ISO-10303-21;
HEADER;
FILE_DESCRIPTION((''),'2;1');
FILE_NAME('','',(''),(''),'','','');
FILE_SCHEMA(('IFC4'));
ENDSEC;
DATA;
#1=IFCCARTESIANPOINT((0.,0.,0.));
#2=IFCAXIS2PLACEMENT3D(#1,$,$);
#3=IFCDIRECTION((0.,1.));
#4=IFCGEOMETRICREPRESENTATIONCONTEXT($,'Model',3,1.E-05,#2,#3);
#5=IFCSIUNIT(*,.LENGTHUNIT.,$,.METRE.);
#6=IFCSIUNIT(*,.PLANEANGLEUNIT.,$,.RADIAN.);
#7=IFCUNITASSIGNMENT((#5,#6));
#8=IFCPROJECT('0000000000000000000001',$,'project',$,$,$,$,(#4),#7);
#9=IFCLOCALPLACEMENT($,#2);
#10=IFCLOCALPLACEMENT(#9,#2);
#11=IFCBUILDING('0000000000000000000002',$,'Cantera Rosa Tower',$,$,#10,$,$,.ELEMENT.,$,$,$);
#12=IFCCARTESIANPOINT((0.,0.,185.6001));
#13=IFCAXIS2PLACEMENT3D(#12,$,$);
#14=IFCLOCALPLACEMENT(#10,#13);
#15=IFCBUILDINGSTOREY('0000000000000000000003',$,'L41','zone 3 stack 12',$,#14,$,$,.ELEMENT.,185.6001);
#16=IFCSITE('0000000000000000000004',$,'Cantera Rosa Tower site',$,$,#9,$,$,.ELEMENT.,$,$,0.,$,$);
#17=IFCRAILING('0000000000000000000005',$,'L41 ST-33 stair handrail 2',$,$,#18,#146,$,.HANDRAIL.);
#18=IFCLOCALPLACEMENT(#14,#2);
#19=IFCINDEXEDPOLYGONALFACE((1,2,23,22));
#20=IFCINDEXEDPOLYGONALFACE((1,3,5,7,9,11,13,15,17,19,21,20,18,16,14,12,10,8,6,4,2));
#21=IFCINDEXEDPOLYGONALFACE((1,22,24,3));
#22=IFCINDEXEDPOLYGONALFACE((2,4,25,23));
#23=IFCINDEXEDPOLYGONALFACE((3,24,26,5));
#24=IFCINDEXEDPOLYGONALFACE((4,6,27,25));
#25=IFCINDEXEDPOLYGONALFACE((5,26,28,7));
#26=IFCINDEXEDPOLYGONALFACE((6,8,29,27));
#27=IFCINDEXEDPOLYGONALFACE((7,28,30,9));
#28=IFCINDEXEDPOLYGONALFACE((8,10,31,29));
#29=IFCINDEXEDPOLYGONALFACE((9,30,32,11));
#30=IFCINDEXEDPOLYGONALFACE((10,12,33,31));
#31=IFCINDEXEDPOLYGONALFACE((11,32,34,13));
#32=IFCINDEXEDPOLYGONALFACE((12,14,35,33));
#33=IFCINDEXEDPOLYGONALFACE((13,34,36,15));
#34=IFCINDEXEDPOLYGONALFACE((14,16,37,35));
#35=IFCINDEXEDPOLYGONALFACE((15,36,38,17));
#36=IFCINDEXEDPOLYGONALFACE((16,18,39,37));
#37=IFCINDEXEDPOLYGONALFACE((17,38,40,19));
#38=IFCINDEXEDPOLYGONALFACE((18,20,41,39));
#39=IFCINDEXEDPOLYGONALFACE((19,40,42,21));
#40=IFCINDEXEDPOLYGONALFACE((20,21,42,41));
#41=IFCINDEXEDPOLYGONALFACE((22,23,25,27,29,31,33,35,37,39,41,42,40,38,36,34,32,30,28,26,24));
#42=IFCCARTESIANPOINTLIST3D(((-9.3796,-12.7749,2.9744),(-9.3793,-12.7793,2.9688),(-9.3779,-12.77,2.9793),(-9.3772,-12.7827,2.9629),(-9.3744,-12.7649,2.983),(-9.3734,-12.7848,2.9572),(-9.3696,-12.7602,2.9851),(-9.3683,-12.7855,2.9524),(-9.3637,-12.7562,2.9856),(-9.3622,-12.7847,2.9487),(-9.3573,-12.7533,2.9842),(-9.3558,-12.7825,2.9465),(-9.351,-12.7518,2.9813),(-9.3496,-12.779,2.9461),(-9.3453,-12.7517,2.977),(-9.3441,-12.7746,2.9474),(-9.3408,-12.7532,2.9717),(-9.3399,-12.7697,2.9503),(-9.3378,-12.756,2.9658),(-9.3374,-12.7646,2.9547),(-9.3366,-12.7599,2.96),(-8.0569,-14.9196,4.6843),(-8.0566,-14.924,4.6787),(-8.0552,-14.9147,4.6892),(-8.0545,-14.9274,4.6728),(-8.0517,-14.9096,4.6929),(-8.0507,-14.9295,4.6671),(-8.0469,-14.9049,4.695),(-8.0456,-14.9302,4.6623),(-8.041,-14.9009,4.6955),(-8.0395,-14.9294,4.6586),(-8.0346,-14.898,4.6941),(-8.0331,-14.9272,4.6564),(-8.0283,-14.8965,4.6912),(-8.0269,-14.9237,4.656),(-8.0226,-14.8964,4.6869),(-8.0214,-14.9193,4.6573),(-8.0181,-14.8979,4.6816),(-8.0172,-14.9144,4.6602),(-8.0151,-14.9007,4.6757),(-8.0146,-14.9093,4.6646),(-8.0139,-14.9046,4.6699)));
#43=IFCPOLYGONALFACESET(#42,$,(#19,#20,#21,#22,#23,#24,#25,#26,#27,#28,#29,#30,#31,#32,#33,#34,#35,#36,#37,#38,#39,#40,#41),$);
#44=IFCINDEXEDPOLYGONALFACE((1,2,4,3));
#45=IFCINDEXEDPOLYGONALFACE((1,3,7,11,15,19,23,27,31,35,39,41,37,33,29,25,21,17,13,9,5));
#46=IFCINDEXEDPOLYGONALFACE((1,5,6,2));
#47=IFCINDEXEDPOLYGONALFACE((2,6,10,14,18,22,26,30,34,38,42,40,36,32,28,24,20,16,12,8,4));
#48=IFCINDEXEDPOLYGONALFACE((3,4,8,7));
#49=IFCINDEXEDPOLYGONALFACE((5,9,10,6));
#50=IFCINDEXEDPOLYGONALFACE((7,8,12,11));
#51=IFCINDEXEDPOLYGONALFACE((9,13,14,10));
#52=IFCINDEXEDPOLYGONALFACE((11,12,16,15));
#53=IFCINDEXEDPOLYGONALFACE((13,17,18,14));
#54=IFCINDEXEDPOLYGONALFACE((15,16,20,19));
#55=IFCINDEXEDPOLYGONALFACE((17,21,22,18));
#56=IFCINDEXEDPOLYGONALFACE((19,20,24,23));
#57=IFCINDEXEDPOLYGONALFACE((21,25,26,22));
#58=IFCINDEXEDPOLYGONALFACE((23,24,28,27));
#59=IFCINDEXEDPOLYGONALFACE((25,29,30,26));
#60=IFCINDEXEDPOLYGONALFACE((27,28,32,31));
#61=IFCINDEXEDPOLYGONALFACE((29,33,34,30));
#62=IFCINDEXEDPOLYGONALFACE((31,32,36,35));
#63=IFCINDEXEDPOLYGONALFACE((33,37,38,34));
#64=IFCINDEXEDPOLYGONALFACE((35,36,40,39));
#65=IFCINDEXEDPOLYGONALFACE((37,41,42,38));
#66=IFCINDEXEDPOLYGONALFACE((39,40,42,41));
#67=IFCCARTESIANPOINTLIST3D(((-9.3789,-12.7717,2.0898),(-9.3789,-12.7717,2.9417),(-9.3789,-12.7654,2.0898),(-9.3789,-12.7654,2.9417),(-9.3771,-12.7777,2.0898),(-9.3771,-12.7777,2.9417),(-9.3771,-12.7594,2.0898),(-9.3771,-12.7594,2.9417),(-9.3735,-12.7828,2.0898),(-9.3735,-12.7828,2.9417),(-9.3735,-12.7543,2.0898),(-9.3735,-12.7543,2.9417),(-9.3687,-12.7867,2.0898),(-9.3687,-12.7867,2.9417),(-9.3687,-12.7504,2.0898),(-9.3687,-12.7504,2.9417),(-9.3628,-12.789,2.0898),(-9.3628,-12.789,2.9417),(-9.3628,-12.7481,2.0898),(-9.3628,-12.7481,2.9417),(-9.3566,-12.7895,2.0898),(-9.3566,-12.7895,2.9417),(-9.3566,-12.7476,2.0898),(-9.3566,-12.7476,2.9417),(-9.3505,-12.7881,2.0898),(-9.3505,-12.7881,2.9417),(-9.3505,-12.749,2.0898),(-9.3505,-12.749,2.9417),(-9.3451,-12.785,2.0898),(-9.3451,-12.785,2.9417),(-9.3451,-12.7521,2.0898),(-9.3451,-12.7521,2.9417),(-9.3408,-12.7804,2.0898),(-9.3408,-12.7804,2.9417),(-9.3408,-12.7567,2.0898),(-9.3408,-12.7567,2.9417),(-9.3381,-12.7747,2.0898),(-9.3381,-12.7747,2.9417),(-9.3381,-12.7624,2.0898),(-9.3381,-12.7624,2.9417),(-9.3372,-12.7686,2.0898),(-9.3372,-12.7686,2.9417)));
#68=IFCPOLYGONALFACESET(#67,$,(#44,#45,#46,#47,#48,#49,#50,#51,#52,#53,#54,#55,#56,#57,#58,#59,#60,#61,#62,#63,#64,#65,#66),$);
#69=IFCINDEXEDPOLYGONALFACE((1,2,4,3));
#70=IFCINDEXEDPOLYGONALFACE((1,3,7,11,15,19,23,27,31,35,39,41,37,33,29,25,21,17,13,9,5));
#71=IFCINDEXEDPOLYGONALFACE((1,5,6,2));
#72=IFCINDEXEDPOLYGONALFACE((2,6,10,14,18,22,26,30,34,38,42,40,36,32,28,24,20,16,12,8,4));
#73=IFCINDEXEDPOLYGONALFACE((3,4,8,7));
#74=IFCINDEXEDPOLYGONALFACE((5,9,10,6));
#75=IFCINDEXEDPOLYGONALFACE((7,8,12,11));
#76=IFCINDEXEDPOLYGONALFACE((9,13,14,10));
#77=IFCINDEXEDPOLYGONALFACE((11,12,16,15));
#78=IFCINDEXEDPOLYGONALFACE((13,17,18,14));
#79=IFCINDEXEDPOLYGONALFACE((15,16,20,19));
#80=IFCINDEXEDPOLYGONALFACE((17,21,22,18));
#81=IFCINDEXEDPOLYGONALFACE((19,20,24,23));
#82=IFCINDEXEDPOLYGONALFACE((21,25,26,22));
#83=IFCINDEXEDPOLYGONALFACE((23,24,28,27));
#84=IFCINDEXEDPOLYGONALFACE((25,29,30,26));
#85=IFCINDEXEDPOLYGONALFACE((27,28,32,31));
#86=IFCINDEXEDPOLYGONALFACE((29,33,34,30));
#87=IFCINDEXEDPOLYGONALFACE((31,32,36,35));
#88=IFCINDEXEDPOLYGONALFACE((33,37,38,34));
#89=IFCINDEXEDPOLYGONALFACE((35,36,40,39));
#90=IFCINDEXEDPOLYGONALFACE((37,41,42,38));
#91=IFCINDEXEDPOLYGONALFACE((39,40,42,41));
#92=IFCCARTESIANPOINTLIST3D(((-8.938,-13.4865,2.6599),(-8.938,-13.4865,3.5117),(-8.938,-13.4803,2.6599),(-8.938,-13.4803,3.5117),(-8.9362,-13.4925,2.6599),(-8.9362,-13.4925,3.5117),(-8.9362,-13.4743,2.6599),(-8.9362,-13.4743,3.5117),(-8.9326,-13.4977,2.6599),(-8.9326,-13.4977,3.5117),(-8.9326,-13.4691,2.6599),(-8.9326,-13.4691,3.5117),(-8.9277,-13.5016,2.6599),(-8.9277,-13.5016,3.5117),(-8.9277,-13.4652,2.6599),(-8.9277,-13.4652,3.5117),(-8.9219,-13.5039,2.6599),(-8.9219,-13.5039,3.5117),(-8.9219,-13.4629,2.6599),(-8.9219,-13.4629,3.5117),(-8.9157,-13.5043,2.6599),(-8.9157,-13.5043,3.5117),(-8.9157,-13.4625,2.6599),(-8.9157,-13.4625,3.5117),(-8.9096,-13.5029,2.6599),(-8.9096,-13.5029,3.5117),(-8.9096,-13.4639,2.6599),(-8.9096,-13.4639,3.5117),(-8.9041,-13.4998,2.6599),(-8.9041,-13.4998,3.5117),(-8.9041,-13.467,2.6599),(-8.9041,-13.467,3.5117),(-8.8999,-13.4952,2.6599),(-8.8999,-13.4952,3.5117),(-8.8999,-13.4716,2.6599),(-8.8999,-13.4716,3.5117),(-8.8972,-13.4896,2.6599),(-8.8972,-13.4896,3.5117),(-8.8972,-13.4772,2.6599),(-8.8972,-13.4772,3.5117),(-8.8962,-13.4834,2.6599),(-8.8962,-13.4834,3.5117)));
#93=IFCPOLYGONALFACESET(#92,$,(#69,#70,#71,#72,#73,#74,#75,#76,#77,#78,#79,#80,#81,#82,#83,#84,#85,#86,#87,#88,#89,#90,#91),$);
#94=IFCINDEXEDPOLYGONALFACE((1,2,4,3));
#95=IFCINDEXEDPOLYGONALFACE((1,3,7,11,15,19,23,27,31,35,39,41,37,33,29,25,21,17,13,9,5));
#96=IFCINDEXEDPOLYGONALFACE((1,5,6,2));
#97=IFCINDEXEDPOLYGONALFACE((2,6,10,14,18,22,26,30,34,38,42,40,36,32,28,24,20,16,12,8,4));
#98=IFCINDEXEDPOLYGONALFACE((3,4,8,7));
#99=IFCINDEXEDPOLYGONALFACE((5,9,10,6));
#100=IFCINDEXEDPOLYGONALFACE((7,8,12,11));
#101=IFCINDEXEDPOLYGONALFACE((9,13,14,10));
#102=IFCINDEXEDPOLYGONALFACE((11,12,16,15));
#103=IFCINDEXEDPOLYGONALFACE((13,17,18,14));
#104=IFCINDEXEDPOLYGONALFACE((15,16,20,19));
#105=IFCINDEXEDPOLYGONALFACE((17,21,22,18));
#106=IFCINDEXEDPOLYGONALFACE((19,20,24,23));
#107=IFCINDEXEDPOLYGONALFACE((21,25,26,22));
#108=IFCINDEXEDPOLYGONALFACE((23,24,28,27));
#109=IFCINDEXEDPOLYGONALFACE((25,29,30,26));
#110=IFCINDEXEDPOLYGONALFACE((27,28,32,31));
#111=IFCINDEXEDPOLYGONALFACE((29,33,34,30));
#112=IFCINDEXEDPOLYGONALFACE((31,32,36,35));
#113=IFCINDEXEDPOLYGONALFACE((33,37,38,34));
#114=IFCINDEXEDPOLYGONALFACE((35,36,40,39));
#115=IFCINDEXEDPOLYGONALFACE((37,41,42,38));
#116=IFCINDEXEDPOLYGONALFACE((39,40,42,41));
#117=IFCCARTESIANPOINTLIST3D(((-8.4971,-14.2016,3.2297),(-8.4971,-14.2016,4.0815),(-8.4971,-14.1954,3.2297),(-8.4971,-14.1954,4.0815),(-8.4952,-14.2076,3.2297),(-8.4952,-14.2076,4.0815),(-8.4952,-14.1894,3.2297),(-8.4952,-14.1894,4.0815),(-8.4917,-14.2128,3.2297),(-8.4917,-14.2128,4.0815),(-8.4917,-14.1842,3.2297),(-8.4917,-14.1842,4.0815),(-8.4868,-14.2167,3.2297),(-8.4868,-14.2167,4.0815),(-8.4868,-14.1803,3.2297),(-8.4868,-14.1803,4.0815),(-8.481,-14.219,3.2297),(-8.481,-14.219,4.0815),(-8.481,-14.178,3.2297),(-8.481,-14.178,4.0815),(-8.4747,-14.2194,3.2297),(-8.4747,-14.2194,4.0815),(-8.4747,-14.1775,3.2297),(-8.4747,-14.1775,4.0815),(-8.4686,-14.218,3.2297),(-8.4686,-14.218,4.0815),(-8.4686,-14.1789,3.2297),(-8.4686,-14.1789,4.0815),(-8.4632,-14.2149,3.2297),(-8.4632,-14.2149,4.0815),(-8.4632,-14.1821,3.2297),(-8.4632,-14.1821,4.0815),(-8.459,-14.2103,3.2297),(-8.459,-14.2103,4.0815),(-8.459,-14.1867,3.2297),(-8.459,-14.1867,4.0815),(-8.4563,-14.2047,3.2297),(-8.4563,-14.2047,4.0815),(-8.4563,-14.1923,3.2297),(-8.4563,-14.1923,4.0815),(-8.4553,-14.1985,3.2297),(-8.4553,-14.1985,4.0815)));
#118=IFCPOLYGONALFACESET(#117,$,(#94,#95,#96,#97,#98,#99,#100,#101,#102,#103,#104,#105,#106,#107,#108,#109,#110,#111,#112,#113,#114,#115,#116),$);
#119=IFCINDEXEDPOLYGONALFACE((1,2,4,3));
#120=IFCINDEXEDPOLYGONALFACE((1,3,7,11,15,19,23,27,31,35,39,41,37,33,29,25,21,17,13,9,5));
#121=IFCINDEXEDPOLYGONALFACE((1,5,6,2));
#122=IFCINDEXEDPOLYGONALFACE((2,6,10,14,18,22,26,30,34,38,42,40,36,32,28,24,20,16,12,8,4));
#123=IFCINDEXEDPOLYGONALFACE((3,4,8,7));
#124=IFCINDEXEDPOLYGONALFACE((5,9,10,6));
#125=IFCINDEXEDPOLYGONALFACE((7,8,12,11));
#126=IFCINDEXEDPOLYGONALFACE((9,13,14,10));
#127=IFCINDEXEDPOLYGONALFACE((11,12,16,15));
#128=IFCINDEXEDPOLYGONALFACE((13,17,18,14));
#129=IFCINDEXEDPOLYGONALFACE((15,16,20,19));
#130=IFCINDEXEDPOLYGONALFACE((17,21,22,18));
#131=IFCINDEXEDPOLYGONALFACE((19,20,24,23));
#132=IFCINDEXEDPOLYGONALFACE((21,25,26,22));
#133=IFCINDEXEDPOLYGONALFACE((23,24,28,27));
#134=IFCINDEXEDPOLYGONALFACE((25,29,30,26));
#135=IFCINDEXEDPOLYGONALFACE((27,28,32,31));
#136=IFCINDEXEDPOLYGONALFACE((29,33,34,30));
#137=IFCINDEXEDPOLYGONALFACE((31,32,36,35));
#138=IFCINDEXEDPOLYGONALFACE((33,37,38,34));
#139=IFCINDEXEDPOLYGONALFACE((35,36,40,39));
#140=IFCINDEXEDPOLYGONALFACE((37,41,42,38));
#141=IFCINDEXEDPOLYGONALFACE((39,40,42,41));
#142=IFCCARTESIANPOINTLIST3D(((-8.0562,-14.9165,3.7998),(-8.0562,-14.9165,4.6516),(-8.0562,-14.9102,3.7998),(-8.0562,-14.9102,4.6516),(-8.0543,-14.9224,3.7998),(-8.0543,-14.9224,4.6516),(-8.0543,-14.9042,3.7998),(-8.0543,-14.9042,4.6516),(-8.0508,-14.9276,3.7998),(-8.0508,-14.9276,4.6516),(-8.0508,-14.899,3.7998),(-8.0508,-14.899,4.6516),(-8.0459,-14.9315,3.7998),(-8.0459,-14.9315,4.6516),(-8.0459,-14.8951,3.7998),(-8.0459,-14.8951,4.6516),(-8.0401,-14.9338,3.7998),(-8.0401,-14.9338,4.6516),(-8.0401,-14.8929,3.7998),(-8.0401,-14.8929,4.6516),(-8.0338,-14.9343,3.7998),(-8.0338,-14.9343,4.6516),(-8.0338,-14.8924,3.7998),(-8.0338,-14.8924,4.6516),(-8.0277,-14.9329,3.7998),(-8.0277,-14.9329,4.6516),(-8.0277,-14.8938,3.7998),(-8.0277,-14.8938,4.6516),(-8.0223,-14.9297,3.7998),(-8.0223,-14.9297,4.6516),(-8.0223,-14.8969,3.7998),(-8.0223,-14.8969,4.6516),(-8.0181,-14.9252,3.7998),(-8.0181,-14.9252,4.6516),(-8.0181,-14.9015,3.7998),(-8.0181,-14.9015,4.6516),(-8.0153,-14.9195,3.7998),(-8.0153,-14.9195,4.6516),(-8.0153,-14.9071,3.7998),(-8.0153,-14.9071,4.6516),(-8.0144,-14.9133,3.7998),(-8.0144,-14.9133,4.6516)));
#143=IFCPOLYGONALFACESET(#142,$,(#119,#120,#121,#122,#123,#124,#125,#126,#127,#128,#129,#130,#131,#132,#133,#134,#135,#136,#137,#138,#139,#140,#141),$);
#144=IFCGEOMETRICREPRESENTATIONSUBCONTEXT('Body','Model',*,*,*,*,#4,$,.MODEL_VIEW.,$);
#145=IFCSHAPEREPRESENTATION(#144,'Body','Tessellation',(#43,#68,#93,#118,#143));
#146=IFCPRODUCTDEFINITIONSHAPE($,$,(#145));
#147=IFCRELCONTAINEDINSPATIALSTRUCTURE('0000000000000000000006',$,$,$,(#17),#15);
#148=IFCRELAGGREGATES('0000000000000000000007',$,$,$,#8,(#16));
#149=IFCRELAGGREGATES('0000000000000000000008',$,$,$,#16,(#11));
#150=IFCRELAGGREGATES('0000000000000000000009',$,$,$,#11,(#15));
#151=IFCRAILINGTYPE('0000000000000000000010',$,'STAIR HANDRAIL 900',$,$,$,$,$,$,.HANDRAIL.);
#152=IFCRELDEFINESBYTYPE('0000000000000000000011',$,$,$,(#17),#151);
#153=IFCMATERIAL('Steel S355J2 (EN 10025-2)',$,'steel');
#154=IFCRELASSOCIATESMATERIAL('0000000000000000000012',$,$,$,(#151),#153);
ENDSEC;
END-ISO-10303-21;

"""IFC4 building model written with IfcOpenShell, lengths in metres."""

from ifc_helpers import new_model, si_unit, direction, frame, origin, origin_2d, place, context, subcontext, project, spatial, circle, extrude, material, type_object, element, save


model = new_model("IFC4")

# Units and contexts
model_context = context("Model", 3, precision=1e-05, world=origin(), true_north=direction((0.0, 1.0)))
body_context = subcontext(model_context, "Body", "Model", "MODEL_VIEW")
ifc_project = project(units=[si_unit("LENGTHUNIT", "METRE"), si_unit("PLANEANGLEUNIT", "RADIAN")], contexts=[model_context])

# Site, building, storey
site_placement = place(None, origin())
site = spatial("IfcSite", under=ifc_project, at=site_placement, Name="Cantera Rosa Tower site", CompositionType="ELEMENT", RefElevation=0.0)
building_placement = place(site_placement, origin())
building = spatial("IfcBuilding", under=site, at=building_placement, Name="Cantera Rosa Tower", CompositionType="ELEMENT")
storey_placement = place(building_placement, frame((0.0, 0.0, 185.6001)))
storey = spatial("IfcBuildingStorey", under=building, at=storey_placement, Name="L41", Description="zone 3 stack 12", CompositionType="ELEMENT", Elevation=185.6001)

# Railing
ifc_material_1 = material(Name="Steel S355J2 (EN 10025-2)", Category="steel")
railing_type_1 = type_object("IfcRailingType", Name="STAIR HANDRAIL 900", PredefinedType="HANDRAIL", material=ifc_material_1)
railing_1_placement = place(storey_placement, frame((-9.3582, -12.7686, 2.0898)))
element("IfcRailing", 1, at=railing_1_placement, inside=storey, type_object=railing_type_1, Name="L41 ST-33 stair handrail 2", PredefinedType="HANDRAIL", context=body_context, shape_type="SweptSolid", body=[
    extrude(circle(Radius=0.0239, at=origin_2d()), frame((0.0, 0.0, 0.876), z_axis=(0.434363, -0.704296, 0.561513), x_axis=(0.851146, 0.52493, 0.0)), (0.0, 0.0, 1.0), 3.0452),
    extrude(circle(Radius=0.021, at=origin_2d()), origin(), (0.0, 0.0, 1.0), 0.8518),
    extrude(circle(Radius=0.021, at=origin_2d()), frame((0.4409, -0.7148, 0.5701)), (0.0, 0.0, 1.0), 0.8518),
    extrude(circle(Radius=0.021, at=origin_2d()), frame((0.8818, -1.4299, 1.1399)), (0.0, 0.0, 1.0), 0.8518),
    extrude(circle(Radius=0.021, at=origin_2d()), frame((1.3228, -2.1448, 1.71)), (0.0, 0.0, 1.0), 0.8518),
])

save(model, "model.ifc")
